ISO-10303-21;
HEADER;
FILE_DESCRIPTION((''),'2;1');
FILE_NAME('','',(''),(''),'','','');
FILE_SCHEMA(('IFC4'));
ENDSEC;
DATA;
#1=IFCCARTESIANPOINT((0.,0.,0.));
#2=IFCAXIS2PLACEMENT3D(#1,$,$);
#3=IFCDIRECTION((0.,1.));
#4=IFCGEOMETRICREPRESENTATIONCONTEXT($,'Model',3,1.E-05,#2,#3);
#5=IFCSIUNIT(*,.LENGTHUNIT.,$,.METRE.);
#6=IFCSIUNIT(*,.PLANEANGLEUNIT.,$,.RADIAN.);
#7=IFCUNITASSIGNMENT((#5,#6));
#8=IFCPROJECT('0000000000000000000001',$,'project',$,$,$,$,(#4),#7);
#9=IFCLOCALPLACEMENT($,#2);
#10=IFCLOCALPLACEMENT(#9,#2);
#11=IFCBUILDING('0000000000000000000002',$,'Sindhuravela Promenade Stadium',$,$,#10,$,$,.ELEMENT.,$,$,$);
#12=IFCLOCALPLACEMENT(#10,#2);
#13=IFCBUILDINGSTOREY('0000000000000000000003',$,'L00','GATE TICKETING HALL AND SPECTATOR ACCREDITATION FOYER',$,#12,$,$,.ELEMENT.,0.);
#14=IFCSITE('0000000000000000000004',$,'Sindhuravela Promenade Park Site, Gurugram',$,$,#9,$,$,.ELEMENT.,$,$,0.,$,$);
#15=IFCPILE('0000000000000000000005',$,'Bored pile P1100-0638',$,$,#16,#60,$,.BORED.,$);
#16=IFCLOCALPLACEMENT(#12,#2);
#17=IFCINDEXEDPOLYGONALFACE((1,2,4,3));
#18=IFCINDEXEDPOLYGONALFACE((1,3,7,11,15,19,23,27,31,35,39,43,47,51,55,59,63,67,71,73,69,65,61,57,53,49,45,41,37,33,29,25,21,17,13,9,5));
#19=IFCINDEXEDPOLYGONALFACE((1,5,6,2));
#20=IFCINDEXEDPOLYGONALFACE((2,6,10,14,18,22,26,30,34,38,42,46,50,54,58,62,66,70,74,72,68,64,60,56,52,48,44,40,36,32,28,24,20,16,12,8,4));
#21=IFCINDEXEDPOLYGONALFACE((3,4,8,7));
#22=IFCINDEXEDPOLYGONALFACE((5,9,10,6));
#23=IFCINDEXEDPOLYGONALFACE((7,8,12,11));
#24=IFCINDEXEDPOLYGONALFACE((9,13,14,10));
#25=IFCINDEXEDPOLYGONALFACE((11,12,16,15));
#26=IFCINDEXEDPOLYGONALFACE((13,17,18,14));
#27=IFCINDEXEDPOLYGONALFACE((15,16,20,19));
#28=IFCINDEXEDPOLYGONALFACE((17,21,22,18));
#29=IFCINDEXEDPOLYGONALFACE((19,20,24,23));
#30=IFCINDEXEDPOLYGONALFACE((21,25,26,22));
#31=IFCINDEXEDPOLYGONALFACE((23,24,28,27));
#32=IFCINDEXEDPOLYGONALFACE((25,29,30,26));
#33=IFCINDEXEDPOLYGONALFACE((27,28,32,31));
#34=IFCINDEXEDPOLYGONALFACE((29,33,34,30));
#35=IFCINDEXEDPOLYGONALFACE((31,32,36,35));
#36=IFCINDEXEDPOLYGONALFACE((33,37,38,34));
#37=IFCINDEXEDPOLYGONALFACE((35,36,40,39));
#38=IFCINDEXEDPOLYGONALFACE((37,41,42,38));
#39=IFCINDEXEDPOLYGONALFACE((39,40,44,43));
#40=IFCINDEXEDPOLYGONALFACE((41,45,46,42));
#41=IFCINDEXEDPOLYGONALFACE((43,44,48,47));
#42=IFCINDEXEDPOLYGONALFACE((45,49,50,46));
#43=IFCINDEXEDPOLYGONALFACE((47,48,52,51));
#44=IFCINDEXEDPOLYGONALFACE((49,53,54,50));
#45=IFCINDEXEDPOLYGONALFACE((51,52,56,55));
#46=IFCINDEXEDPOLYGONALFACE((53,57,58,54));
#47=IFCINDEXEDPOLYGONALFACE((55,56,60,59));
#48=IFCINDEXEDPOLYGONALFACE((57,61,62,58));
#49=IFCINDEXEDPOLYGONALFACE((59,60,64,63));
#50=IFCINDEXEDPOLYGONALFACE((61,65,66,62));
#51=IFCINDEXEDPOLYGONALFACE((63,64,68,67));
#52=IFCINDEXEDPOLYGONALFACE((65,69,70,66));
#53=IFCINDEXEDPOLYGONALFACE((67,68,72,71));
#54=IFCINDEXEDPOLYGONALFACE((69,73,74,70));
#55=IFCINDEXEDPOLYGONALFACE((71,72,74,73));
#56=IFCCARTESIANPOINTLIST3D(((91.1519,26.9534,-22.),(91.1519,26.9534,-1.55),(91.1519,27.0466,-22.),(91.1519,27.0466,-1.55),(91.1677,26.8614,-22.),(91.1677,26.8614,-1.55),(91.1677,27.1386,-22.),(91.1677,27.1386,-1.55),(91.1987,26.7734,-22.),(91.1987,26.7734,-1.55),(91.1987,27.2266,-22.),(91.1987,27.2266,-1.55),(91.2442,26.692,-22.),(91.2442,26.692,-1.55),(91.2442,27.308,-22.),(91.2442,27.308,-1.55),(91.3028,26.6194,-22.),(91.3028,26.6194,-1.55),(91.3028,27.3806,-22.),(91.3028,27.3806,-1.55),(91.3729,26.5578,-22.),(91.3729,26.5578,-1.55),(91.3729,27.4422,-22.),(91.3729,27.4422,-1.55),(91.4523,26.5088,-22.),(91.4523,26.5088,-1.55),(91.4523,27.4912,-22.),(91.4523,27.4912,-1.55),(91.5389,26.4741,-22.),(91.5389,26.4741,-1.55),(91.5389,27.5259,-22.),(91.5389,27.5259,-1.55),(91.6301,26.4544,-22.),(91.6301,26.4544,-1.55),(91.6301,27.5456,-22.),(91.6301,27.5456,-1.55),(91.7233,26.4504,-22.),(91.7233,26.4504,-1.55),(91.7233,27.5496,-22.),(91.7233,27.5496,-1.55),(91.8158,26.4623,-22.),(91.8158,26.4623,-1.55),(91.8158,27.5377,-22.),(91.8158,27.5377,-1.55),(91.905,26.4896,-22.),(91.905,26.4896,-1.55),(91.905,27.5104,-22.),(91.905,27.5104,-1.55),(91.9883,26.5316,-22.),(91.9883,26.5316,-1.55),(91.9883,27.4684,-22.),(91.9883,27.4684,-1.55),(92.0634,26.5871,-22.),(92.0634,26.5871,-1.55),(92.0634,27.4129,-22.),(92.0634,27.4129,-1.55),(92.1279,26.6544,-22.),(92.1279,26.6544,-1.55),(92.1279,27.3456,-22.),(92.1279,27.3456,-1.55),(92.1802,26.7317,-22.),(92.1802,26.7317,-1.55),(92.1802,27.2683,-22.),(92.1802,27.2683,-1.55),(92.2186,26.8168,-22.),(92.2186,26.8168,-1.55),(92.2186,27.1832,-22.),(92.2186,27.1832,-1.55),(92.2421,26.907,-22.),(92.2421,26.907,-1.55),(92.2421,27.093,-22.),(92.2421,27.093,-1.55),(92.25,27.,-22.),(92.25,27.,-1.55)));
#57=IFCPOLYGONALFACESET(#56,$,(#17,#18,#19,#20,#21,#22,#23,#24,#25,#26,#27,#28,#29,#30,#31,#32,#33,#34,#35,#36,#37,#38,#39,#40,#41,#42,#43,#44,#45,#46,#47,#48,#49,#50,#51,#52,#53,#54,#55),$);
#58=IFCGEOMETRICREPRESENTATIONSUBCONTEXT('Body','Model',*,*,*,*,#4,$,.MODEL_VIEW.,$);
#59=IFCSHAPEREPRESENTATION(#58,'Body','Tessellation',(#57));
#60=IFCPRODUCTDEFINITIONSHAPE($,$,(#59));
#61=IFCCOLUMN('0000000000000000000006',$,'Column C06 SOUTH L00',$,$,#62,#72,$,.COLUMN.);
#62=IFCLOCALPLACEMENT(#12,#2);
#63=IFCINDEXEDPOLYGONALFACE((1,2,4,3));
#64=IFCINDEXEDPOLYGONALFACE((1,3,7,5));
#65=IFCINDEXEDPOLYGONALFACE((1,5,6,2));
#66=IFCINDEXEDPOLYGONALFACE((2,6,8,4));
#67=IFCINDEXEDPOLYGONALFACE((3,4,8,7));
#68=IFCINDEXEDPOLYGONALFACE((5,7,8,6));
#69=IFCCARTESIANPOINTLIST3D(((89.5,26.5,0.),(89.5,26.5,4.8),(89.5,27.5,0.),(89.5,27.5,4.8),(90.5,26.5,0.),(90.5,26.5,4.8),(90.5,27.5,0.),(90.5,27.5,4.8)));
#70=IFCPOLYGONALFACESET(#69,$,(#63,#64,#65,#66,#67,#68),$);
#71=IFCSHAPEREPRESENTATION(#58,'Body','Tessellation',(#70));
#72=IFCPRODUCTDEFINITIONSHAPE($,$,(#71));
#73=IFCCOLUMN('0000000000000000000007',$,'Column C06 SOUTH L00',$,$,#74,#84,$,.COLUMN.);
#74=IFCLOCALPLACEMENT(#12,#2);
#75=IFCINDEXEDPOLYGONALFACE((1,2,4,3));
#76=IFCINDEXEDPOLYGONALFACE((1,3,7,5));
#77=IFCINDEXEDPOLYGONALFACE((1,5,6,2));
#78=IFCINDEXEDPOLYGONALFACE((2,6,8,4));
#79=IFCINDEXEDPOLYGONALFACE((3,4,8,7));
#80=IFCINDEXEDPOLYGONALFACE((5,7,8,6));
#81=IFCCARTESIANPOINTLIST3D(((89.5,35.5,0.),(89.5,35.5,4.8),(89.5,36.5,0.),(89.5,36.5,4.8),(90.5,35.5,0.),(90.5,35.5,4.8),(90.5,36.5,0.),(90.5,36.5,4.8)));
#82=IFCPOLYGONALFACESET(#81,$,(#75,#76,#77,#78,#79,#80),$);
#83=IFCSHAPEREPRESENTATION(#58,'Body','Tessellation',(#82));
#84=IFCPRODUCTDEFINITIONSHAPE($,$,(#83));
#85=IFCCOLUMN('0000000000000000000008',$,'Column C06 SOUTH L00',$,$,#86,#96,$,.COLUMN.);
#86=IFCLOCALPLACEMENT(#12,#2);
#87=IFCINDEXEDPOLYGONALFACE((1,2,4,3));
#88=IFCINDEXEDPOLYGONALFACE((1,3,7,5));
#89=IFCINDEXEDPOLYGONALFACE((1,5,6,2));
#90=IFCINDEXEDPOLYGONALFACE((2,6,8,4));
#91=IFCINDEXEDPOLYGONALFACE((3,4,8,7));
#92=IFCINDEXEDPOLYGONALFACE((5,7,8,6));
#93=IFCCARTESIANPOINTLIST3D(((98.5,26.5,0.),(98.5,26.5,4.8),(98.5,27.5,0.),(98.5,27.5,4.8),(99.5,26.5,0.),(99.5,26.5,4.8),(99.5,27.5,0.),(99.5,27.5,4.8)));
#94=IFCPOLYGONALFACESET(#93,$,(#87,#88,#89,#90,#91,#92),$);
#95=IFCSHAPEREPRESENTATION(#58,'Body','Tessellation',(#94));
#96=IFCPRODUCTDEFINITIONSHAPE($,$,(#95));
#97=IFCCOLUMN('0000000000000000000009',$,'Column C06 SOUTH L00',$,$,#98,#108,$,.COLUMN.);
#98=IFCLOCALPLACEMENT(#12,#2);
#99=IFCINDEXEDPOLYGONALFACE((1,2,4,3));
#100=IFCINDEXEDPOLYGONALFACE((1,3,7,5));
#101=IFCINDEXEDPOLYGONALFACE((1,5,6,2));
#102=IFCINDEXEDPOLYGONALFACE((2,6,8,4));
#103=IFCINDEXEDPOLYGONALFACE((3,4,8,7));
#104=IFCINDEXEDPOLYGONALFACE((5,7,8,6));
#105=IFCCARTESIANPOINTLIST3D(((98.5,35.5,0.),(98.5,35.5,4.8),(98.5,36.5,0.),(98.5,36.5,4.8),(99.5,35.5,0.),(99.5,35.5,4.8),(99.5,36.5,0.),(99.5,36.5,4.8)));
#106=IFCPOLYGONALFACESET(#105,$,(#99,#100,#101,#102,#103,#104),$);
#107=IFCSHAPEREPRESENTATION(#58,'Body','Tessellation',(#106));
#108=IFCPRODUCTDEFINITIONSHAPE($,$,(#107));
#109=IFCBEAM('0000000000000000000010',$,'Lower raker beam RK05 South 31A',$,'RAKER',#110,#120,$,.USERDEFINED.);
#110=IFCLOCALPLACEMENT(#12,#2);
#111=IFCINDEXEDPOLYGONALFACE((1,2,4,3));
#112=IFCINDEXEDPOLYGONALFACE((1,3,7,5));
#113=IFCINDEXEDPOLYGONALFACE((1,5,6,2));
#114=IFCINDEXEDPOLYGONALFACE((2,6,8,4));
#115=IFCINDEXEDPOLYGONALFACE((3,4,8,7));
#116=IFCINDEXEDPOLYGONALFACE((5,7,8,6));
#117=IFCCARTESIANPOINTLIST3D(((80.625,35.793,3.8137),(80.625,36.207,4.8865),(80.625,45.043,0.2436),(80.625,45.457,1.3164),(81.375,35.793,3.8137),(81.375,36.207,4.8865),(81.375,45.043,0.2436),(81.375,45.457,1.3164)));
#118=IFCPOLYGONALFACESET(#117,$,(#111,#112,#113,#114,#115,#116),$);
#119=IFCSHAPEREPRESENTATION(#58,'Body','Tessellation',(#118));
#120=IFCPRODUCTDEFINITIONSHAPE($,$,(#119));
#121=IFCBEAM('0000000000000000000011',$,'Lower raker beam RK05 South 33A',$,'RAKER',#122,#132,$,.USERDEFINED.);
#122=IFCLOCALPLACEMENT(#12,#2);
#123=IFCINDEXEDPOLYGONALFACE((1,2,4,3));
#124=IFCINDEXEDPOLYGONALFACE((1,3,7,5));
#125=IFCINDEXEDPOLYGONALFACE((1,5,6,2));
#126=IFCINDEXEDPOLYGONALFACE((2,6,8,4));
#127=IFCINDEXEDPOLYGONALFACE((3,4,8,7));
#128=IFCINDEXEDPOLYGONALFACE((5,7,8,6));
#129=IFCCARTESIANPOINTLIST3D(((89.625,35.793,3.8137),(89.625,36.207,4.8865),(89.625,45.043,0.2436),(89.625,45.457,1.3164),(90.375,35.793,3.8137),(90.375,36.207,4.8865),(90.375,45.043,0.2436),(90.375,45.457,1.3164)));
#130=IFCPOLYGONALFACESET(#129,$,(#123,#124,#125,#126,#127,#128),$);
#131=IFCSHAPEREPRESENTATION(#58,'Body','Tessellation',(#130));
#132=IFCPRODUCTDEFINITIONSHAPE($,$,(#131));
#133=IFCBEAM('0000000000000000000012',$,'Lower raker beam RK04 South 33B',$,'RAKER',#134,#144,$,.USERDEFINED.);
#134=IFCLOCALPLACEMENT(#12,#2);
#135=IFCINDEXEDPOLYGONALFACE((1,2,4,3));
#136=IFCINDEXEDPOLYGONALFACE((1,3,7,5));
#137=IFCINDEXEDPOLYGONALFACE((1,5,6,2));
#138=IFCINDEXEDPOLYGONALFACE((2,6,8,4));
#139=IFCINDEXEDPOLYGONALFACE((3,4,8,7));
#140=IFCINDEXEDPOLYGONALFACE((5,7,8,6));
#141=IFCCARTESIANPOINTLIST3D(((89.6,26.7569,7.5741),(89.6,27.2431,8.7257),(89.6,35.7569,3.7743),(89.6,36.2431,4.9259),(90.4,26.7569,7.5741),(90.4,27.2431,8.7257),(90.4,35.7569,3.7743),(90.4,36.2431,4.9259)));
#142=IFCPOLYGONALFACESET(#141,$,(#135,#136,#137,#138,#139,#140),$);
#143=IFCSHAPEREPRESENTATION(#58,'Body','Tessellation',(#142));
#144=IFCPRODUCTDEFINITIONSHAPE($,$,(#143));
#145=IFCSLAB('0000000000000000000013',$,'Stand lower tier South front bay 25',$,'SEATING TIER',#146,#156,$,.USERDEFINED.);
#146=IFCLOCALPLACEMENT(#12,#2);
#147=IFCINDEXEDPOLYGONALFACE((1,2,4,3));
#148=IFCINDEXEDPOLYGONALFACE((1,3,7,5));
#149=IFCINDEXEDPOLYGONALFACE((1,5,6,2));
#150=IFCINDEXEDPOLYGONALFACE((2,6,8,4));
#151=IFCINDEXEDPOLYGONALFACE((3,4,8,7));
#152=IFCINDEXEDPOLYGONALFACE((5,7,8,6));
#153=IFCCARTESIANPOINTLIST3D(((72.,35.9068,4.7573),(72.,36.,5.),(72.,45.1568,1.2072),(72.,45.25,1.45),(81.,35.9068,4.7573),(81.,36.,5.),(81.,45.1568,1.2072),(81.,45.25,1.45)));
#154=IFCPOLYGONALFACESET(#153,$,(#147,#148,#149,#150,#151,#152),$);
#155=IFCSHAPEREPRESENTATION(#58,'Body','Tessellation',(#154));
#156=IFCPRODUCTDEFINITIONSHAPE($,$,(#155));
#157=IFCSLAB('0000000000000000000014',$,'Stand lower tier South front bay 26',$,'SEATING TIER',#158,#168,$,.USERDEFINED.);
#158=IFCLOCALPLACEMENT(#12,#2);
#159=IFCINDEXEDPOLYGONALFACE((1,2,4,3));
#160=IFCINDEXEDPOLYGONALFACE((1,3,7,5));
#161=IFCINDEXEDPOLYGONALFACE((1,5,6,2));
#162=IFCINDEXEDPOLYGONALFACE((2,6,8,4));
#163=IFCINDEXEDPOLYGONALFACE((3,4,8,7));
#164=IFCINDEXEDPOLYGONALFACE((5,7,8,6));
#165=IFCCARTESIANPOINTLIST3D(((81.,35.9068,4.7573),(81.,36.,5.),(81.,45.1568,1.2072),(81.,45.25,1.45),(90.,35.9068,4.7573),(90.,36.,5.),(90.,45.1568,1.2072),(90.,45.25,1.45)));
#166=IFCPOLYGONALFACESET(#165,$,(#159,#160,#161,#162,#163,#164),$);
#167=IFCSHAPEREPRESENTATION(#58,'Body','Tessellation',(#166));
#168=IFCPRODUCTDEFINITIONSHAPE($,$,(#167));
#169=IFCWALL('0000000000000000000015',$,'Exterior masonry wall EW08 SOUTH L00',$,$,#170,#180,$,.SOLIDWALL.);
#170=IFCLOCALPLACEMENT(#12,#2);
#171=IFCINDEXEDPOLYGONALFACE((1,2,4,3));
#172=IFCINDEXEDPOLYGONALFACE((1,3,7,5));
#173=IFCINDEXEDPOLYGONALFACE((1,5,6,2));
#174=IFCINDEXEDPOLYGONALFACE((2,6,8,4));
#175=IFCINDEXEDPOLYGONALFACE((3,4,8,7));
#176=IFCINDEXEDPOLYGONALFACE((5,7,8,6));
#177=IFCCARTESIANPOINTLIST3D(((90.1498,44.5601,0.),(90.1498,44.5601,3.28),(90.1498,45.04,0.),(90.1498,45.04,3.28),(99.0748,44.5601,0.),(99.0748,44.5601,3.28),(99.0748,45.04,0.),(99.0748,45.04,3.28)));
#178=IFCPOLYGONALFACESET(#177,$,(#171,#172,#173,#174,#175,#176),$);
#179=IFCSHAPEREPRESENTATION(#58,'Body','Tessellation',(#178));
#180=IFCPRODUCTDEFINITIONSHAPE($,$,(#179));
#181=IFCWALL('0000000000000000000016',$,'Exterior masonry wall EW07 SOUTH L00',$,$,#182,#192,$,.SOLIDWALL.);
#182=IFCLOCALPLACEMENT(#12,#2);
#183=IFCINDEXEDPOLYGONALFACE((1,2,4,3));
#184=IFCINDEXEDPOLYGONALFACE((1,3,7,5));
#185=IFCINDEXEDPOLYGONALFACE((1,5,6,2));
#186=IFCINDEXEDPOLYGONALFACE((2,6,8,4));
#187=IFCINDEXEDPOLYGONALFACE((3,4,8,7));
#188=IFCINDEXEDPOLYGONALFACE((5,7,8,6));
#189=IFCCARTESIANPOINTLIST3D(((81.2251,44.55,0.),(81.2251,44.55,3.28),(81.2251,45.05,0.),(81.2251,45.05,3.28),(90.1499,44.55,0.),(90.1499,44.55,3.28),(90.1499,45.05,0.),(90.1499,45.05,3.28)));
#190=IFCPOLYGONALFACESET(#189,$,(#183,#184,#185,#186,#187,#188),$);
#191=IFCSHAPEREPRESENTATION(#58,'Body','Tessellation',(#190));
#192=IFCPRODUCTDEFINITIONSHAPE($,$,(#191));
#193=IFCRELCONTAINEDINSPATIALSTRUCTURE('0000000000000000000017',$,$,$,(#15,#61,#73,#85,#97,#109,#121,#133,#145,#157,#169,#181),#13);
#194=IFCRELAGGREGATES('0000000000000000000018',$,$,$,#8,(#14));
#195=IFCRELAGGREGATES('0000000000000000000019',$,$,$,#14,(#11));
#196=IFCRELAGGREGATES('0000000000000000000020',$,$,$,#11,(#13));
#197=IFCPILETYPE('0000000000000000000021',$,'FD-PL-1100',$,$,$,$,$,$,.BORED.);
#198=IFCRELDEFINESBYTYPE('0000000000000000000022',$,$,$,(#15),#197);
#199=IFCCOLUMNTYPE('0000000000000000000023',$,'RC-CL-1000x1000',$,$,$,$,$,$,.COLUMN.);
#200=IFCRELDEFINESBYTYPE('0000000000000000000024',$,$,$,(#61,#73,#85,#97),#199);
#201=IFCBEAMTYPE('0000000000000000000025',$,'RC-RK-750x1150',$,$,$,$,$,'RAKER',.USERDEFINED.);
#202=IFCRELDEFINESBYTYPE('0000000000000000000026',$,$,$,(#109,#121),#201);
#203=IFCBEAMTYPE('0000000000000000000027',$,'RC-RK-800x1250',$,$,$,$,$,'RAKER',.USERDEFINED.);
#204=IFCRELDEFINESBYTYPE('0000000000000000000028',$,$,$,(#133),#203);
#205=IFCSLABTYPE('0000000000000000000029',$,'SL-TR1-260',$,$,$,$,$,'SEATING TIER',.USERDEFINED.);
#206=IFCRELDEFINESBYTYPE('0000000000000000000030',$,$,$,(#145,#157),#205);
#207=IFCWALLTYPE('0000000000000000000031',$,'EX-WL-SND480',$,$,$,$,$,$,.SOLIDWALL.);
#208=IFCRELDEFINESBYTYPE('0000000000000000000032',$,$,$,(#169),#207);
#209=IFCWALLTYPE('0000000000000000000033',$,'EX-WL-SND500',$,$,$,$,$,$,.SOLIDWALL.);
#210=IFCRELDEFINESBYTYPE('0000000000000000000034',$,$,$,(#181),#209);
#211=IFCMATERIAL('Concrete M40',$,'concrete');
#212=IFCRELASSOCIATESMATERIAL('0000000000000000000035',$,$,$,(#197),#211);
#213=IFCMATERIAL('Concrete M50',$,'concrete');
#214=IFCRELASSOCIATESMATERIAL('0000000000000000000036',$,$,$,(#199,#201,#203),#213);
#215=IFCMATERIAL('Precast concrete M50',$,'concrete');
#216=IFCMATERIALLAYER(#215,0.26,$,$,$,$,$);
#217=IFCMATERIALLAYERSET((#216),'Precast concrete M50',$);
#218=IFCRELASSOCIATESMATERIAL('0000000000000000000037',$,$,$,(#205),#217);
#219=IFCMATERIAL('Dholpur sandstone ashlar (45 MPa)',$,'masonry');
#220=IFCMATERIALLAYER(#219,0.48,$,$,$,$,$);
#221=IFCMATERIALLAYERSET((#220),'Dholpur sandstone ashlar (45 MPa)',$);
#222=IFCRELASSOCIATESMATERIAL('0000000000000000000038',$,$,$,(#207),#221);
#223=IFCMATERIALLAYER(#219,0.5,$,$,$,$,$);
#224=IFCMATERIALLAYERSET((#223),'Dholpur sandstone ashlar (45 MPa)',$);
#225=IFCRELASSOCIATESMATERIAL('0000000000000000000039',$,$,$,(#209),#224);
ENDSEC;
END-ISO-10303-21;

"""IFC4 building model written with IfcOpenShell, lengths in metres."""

from ifc_helpers import new_model, si_unit, direction, frame, frame_2d, origin, origin_2d, place, context, subcontext, project, spatial, polyline, rectangle, circle, outline, extrude, material, layer, layer_set, material_profile, profile_set, type_object, element, save


model = new_model("IFC4")

# Units and contexts
model_context = context("Model", 3, precision=1e-05, world=origin(), true_north=direction((0.0, 1.0)))
body_context = subcontext(model_context, "Body", "Model", "MODEL_VIEW")
ifc_project = project(units=[si_unit("LENGTHUNIT", "METRE"), si_unit("PLANEANGLEUNIT", "RADIAN")], contexts=[model_context])

# Site, building, storey
site_placement = place(None, origin())
site = spatial("IfcSite", under=ifc_project, at=site_placement, Name="Sindhuravela Promenade Park Site, Gurugram", CompositionType="ELEMENT", RefElevation=0.0)
building_placement = place(site_placement, origin())
building = spatial("IfcBuilding", under=site, at=building_placement, Name="Sindhuravela Promenade Stadium", CompositionType="ELEMENT")
storey_placement = place(building_placement, origin())
storey = spatial("IfcBuildingStorey", under=building, at=storey_placement, Name="L00", Description="GATE TICKETING HALL AND SPECTATOR ACCREDITATION FOYER", CompositionType="ELEMENT", Elevation=0.0)

# Shared definitions
ifc_material_1 = material(Name="Concrete M50", Category="concrete")

# Pile
ifc_material_2 = material(Name="Concrete M40", Category="concrete")
ifc_material_profile_1 = material_profile(ifc_material_2, circle(Radius=0.55, at=origin_2d()), Name="BORED PILE D1100")
ifc_profile_set_1 = profile_set([ifc_material_profile_1], Name="Concrete M40")
pile_type_1 = type_object("IfcPileType", Name="FD-PL-1100", PredefinedType="BORED", material=ifc_profile_set_1)
for number, where, z_axis, x_axis, name in (
    (1, (91.7, 27.0, -1.55), (0.0, 0.0, -1.0), (1.0, 0.0, 0.0), "Bored pile P1100-0638"),
):
    element("IfcPile", number, at=place(storey_placement, frame(where, z_axis=z_axis, x_axis=x_axis)), inside=storey, type_object=pile_type_1, Name=name, PredefinedType="BORED", context=body_context, shape_type="SweptSolid", body=[
        extrude(circle(Radius=0.55, at=origin_2d()), origin(), (0.0, 0.0, 1.0), 20.45),
    ])

# Columns
ifc_material_profile_2 = material_profile(ifc_material_1, rectangle(XDim=1.0, YDim=1.0, at=origin_2d()), Name="RC 1000x1000")
ifc_profile_set_2 = profile_set([ifc_material_profile_2], Name="Concrete M50")
column_type = type_object("IfcColumnType", Name="RC-CL-1000x1000", PredefinedType="COLUMN", material=ifc_profile_set_2)
for number, where, z_axis, x_axis, name in (
    (2, (90.0, 27.0, 0.0), (0.0, 0.0, 1.0), (1.0, 0.0, 0.0), "Column C06 SOUTH L00"),
    (3, (90.0, 36.0, 0.0), (0.0, 0.0, 1.0), (1.0, 0.0, 0.0), "Column C06 SOUTH L00"),
    (4, (99.0, 27.0, 0.0), (0.0, 0.0, 1.0), (1.0, 0.0, 0.0), "Column C06 SOUTH L00"),
    (5, (99.0, 36.0, 0.0), (0.0, 0.0, 1.0), (1.0, 0.0, 0.0), "Column C06 SOUTH L00"),
):
    element("IfcColumn", number, at=place(storey_placement, frame(where, z_axis=z_axis, x_axis=x_axis)), inside=storey, type_object=column_type, Name=name, PredefinedType="COLUMN", context=body_context, shape_type="SweptSolid", body=[
        extrude(rectangle(XDim=1.0, YDim=1.0, at=origin_2d()), origin(), (0.0, 0.0, 1.0), 4.8),
    ])

# Beams
ifc_material_profile_3 = material_profile(ifc_material_1, rectangle(XDim=0.75, YDim=1.1499, at=origin_2d()), Name="RC 750x1150")
ifc_profile_set_3 = profile_set([ifc_material_profile_3], Name="Concrete M50")
beam_type_1 = type_object("IfcBeamType", Name="RC-RK-750x1150", ElementType="RAKER", PredefinedType="USERDEFINED", material=ifc_profile_set_3)
for number, where, z_axis, x_axis, name in (
    (6, (81.0, 45.25, 0.78), (0.0, -0.932927, 0.360066), (1.0, 0.0, 0.0), "Lower raker beam RK05 South 31A"),
    (7, (90.0, 45.25, 0.78), (0.0, -0.932927, 0.360066), (1.0, 0.0, 0.0), "Lower raker beam RK05 South 33A"),
):
    element("IfcBeam", number, at=place(storey_placement, frame(where, z_axis=z_axis, x_axis=x_axis)), inside=storey, type_object=beam_type_1, Name=name, ObjectType="RAKER", PredefinedType="USERDEFINED", context=body_context, shape_type="SweptSolid", body=[
        extrude(rectangle(XDim=0.75, YDim=1.1499, at=origin_2d()), origin(), (0.0, 0.0, 1.0), 9.915),
    ])
ifc_material_profile_4 = material_profile(ifc_material_1, rectangle(XDim=0.8, YDim=1.25, at=origin_2d()), Name="RC 800x1250")
ifc_profile_set_4 = profile_set([ifc_material_profile_4], Name="Concrete M50")
beam_type_2 = type_object("IfcBeamType", Name="RC-RK-800x1250", ElementType="RAKER", PredefinedType="USERDEFINED", material=ifc_profile_set_4)
beam_placement = place(storey_placement, frame((90.0, 36.0, 4.3501), z_axis=(0.0, -0.921257, 0.388955), x_axis=(1.0, 0.0, 0.0)))
element("IfcBeam", 8, at=beam_placement, inside=storey, type_object=beam_type_2, Name="Lower raker beam RK04 South 33B", ObjectType="RAKER", PredefinedType="USERDEFINED", context=body_context, shape_type="SweptSolid", body=[
    extrude(rectangle(XDim=0.8, YDim=1.25, at=origin_2d()), origin(), (0.0, 0.0, 1.0), 9.7693),
])

# Slabs
ifc_material_3 = material(Name="Precast concrete M50", Category="concrete")
ifc_layer_1 = layer(ifc_material_3, 0.26)
ifc_layer_set_1 = layer_set([ifc_layer_1], Name="Precast concrete M50")
slab_type = type_object("IfcSlabType", Name="SL-TR1-260", ElementType="SEATING TIER", PredefinedType="USERDEFINED", material=ifc_layer_set_1)
for number, where, z_axis, x_axis, name in (
    (9, (81.0, 45.25, 1.45), (0.0, 0.358307, 0.933604), (-1.0, 0.0, 0.0), "Stand lower tier South front bay 25"),
    (10, (90.0, 45.25, 1.45), (0.0, 0.358307, 0.933604), (-1.0, 0.0, 0.0), "Stand lower tier South front bay 26"),
):
    element("IfcSlab", number, at=place(storey_placement, frame(where, z_axis=z_axis, x_axis=x_axis)), inside=storey, type_object=slab_type, Name=name, ObjectType="SEATING TIER", PredefinedType="USERDEFINED", context=body_context, shape_type="SweptSolid", body=[
        extrude(outline(polyline([(0.0, 0.0), (9.0, 0.0), (9.0, 9.9078), (0.0, 9.9078), (0.0, 0.0)])), origin(), (0.0, 0.0, -1.0), 0.26),
    ])

# Walls
ifc_material_4 = material(Name="Dholpur sandstone ashlar (45 MPa)", Category="masonry")
ifc_layer_2 = layer(ifc_material_4, 0.48)
ifc_layer_set_2 = layer_set([ifc_layer_2], Name="Dholpur sandstone ashlar (45 MPa)")
wall_type_1 = type_object("IfcWallType", Name="EX-WL-SND480", PredefinedType="SOLIDWALL", material=ifc_layer_set_2)
wall_1_placement = place(storey_placement, frame((90.1499, 44.8, 0.0), z_axis=(0.0, 0.0, 1.0), x_axis=(1.0, 0.0, 0.0)))
element("IfcWall", 11, at=wall_1_placement, inside=storey, type_object=wall_type_1, Name="Exterior masonry wall EW08 SOUTH L00", PredefinedType="SOLIDWALL", context=body_context, shape_type="SweptSolid", body=[
    extrude(rectangle(XDim=8.925, YDim=0.48, at=frame_2d((4.4624, 0.0))), origin(), (0.0, 0.0, 1.0), 3.28),
])
ifc_layer_3 = layer(ifc_material_4, 0.5)
ifc_layer_set_3 = layer_set([ifc_layer_3], Name="Dholpur sandstone ashlar (45 MPa)")
wall_type_2 = type_object("IfcWallType", Name="EX-WL-SND500", PredefinedType="SOLIDWALL", material=ifc_layer_set_3)
wall_2_placement = place(storey_placement, frame((81.2251, 44.8, 0.0), z_axis=(0.0, 0.0, 1.0), x_axis=(1.0, 0.0, 0.0)))
element("IfcWall", 12, at=wall_2_placement, inside=storey, type_object=wall_type_2, Name="Exterior masonry wall EW07 SOUTH L00", PredefinedType="SOLIDWALL", context=body_context, shape_type="SweptSolid", body=[
    extrude(rectangle(XDim=8.9248, YDim=0.5, at=frame_2d((4.4624, 0.0))), origin(), (0.0, 0.0, 1.0), 3.28),
])

save(model, "model.ifc")
